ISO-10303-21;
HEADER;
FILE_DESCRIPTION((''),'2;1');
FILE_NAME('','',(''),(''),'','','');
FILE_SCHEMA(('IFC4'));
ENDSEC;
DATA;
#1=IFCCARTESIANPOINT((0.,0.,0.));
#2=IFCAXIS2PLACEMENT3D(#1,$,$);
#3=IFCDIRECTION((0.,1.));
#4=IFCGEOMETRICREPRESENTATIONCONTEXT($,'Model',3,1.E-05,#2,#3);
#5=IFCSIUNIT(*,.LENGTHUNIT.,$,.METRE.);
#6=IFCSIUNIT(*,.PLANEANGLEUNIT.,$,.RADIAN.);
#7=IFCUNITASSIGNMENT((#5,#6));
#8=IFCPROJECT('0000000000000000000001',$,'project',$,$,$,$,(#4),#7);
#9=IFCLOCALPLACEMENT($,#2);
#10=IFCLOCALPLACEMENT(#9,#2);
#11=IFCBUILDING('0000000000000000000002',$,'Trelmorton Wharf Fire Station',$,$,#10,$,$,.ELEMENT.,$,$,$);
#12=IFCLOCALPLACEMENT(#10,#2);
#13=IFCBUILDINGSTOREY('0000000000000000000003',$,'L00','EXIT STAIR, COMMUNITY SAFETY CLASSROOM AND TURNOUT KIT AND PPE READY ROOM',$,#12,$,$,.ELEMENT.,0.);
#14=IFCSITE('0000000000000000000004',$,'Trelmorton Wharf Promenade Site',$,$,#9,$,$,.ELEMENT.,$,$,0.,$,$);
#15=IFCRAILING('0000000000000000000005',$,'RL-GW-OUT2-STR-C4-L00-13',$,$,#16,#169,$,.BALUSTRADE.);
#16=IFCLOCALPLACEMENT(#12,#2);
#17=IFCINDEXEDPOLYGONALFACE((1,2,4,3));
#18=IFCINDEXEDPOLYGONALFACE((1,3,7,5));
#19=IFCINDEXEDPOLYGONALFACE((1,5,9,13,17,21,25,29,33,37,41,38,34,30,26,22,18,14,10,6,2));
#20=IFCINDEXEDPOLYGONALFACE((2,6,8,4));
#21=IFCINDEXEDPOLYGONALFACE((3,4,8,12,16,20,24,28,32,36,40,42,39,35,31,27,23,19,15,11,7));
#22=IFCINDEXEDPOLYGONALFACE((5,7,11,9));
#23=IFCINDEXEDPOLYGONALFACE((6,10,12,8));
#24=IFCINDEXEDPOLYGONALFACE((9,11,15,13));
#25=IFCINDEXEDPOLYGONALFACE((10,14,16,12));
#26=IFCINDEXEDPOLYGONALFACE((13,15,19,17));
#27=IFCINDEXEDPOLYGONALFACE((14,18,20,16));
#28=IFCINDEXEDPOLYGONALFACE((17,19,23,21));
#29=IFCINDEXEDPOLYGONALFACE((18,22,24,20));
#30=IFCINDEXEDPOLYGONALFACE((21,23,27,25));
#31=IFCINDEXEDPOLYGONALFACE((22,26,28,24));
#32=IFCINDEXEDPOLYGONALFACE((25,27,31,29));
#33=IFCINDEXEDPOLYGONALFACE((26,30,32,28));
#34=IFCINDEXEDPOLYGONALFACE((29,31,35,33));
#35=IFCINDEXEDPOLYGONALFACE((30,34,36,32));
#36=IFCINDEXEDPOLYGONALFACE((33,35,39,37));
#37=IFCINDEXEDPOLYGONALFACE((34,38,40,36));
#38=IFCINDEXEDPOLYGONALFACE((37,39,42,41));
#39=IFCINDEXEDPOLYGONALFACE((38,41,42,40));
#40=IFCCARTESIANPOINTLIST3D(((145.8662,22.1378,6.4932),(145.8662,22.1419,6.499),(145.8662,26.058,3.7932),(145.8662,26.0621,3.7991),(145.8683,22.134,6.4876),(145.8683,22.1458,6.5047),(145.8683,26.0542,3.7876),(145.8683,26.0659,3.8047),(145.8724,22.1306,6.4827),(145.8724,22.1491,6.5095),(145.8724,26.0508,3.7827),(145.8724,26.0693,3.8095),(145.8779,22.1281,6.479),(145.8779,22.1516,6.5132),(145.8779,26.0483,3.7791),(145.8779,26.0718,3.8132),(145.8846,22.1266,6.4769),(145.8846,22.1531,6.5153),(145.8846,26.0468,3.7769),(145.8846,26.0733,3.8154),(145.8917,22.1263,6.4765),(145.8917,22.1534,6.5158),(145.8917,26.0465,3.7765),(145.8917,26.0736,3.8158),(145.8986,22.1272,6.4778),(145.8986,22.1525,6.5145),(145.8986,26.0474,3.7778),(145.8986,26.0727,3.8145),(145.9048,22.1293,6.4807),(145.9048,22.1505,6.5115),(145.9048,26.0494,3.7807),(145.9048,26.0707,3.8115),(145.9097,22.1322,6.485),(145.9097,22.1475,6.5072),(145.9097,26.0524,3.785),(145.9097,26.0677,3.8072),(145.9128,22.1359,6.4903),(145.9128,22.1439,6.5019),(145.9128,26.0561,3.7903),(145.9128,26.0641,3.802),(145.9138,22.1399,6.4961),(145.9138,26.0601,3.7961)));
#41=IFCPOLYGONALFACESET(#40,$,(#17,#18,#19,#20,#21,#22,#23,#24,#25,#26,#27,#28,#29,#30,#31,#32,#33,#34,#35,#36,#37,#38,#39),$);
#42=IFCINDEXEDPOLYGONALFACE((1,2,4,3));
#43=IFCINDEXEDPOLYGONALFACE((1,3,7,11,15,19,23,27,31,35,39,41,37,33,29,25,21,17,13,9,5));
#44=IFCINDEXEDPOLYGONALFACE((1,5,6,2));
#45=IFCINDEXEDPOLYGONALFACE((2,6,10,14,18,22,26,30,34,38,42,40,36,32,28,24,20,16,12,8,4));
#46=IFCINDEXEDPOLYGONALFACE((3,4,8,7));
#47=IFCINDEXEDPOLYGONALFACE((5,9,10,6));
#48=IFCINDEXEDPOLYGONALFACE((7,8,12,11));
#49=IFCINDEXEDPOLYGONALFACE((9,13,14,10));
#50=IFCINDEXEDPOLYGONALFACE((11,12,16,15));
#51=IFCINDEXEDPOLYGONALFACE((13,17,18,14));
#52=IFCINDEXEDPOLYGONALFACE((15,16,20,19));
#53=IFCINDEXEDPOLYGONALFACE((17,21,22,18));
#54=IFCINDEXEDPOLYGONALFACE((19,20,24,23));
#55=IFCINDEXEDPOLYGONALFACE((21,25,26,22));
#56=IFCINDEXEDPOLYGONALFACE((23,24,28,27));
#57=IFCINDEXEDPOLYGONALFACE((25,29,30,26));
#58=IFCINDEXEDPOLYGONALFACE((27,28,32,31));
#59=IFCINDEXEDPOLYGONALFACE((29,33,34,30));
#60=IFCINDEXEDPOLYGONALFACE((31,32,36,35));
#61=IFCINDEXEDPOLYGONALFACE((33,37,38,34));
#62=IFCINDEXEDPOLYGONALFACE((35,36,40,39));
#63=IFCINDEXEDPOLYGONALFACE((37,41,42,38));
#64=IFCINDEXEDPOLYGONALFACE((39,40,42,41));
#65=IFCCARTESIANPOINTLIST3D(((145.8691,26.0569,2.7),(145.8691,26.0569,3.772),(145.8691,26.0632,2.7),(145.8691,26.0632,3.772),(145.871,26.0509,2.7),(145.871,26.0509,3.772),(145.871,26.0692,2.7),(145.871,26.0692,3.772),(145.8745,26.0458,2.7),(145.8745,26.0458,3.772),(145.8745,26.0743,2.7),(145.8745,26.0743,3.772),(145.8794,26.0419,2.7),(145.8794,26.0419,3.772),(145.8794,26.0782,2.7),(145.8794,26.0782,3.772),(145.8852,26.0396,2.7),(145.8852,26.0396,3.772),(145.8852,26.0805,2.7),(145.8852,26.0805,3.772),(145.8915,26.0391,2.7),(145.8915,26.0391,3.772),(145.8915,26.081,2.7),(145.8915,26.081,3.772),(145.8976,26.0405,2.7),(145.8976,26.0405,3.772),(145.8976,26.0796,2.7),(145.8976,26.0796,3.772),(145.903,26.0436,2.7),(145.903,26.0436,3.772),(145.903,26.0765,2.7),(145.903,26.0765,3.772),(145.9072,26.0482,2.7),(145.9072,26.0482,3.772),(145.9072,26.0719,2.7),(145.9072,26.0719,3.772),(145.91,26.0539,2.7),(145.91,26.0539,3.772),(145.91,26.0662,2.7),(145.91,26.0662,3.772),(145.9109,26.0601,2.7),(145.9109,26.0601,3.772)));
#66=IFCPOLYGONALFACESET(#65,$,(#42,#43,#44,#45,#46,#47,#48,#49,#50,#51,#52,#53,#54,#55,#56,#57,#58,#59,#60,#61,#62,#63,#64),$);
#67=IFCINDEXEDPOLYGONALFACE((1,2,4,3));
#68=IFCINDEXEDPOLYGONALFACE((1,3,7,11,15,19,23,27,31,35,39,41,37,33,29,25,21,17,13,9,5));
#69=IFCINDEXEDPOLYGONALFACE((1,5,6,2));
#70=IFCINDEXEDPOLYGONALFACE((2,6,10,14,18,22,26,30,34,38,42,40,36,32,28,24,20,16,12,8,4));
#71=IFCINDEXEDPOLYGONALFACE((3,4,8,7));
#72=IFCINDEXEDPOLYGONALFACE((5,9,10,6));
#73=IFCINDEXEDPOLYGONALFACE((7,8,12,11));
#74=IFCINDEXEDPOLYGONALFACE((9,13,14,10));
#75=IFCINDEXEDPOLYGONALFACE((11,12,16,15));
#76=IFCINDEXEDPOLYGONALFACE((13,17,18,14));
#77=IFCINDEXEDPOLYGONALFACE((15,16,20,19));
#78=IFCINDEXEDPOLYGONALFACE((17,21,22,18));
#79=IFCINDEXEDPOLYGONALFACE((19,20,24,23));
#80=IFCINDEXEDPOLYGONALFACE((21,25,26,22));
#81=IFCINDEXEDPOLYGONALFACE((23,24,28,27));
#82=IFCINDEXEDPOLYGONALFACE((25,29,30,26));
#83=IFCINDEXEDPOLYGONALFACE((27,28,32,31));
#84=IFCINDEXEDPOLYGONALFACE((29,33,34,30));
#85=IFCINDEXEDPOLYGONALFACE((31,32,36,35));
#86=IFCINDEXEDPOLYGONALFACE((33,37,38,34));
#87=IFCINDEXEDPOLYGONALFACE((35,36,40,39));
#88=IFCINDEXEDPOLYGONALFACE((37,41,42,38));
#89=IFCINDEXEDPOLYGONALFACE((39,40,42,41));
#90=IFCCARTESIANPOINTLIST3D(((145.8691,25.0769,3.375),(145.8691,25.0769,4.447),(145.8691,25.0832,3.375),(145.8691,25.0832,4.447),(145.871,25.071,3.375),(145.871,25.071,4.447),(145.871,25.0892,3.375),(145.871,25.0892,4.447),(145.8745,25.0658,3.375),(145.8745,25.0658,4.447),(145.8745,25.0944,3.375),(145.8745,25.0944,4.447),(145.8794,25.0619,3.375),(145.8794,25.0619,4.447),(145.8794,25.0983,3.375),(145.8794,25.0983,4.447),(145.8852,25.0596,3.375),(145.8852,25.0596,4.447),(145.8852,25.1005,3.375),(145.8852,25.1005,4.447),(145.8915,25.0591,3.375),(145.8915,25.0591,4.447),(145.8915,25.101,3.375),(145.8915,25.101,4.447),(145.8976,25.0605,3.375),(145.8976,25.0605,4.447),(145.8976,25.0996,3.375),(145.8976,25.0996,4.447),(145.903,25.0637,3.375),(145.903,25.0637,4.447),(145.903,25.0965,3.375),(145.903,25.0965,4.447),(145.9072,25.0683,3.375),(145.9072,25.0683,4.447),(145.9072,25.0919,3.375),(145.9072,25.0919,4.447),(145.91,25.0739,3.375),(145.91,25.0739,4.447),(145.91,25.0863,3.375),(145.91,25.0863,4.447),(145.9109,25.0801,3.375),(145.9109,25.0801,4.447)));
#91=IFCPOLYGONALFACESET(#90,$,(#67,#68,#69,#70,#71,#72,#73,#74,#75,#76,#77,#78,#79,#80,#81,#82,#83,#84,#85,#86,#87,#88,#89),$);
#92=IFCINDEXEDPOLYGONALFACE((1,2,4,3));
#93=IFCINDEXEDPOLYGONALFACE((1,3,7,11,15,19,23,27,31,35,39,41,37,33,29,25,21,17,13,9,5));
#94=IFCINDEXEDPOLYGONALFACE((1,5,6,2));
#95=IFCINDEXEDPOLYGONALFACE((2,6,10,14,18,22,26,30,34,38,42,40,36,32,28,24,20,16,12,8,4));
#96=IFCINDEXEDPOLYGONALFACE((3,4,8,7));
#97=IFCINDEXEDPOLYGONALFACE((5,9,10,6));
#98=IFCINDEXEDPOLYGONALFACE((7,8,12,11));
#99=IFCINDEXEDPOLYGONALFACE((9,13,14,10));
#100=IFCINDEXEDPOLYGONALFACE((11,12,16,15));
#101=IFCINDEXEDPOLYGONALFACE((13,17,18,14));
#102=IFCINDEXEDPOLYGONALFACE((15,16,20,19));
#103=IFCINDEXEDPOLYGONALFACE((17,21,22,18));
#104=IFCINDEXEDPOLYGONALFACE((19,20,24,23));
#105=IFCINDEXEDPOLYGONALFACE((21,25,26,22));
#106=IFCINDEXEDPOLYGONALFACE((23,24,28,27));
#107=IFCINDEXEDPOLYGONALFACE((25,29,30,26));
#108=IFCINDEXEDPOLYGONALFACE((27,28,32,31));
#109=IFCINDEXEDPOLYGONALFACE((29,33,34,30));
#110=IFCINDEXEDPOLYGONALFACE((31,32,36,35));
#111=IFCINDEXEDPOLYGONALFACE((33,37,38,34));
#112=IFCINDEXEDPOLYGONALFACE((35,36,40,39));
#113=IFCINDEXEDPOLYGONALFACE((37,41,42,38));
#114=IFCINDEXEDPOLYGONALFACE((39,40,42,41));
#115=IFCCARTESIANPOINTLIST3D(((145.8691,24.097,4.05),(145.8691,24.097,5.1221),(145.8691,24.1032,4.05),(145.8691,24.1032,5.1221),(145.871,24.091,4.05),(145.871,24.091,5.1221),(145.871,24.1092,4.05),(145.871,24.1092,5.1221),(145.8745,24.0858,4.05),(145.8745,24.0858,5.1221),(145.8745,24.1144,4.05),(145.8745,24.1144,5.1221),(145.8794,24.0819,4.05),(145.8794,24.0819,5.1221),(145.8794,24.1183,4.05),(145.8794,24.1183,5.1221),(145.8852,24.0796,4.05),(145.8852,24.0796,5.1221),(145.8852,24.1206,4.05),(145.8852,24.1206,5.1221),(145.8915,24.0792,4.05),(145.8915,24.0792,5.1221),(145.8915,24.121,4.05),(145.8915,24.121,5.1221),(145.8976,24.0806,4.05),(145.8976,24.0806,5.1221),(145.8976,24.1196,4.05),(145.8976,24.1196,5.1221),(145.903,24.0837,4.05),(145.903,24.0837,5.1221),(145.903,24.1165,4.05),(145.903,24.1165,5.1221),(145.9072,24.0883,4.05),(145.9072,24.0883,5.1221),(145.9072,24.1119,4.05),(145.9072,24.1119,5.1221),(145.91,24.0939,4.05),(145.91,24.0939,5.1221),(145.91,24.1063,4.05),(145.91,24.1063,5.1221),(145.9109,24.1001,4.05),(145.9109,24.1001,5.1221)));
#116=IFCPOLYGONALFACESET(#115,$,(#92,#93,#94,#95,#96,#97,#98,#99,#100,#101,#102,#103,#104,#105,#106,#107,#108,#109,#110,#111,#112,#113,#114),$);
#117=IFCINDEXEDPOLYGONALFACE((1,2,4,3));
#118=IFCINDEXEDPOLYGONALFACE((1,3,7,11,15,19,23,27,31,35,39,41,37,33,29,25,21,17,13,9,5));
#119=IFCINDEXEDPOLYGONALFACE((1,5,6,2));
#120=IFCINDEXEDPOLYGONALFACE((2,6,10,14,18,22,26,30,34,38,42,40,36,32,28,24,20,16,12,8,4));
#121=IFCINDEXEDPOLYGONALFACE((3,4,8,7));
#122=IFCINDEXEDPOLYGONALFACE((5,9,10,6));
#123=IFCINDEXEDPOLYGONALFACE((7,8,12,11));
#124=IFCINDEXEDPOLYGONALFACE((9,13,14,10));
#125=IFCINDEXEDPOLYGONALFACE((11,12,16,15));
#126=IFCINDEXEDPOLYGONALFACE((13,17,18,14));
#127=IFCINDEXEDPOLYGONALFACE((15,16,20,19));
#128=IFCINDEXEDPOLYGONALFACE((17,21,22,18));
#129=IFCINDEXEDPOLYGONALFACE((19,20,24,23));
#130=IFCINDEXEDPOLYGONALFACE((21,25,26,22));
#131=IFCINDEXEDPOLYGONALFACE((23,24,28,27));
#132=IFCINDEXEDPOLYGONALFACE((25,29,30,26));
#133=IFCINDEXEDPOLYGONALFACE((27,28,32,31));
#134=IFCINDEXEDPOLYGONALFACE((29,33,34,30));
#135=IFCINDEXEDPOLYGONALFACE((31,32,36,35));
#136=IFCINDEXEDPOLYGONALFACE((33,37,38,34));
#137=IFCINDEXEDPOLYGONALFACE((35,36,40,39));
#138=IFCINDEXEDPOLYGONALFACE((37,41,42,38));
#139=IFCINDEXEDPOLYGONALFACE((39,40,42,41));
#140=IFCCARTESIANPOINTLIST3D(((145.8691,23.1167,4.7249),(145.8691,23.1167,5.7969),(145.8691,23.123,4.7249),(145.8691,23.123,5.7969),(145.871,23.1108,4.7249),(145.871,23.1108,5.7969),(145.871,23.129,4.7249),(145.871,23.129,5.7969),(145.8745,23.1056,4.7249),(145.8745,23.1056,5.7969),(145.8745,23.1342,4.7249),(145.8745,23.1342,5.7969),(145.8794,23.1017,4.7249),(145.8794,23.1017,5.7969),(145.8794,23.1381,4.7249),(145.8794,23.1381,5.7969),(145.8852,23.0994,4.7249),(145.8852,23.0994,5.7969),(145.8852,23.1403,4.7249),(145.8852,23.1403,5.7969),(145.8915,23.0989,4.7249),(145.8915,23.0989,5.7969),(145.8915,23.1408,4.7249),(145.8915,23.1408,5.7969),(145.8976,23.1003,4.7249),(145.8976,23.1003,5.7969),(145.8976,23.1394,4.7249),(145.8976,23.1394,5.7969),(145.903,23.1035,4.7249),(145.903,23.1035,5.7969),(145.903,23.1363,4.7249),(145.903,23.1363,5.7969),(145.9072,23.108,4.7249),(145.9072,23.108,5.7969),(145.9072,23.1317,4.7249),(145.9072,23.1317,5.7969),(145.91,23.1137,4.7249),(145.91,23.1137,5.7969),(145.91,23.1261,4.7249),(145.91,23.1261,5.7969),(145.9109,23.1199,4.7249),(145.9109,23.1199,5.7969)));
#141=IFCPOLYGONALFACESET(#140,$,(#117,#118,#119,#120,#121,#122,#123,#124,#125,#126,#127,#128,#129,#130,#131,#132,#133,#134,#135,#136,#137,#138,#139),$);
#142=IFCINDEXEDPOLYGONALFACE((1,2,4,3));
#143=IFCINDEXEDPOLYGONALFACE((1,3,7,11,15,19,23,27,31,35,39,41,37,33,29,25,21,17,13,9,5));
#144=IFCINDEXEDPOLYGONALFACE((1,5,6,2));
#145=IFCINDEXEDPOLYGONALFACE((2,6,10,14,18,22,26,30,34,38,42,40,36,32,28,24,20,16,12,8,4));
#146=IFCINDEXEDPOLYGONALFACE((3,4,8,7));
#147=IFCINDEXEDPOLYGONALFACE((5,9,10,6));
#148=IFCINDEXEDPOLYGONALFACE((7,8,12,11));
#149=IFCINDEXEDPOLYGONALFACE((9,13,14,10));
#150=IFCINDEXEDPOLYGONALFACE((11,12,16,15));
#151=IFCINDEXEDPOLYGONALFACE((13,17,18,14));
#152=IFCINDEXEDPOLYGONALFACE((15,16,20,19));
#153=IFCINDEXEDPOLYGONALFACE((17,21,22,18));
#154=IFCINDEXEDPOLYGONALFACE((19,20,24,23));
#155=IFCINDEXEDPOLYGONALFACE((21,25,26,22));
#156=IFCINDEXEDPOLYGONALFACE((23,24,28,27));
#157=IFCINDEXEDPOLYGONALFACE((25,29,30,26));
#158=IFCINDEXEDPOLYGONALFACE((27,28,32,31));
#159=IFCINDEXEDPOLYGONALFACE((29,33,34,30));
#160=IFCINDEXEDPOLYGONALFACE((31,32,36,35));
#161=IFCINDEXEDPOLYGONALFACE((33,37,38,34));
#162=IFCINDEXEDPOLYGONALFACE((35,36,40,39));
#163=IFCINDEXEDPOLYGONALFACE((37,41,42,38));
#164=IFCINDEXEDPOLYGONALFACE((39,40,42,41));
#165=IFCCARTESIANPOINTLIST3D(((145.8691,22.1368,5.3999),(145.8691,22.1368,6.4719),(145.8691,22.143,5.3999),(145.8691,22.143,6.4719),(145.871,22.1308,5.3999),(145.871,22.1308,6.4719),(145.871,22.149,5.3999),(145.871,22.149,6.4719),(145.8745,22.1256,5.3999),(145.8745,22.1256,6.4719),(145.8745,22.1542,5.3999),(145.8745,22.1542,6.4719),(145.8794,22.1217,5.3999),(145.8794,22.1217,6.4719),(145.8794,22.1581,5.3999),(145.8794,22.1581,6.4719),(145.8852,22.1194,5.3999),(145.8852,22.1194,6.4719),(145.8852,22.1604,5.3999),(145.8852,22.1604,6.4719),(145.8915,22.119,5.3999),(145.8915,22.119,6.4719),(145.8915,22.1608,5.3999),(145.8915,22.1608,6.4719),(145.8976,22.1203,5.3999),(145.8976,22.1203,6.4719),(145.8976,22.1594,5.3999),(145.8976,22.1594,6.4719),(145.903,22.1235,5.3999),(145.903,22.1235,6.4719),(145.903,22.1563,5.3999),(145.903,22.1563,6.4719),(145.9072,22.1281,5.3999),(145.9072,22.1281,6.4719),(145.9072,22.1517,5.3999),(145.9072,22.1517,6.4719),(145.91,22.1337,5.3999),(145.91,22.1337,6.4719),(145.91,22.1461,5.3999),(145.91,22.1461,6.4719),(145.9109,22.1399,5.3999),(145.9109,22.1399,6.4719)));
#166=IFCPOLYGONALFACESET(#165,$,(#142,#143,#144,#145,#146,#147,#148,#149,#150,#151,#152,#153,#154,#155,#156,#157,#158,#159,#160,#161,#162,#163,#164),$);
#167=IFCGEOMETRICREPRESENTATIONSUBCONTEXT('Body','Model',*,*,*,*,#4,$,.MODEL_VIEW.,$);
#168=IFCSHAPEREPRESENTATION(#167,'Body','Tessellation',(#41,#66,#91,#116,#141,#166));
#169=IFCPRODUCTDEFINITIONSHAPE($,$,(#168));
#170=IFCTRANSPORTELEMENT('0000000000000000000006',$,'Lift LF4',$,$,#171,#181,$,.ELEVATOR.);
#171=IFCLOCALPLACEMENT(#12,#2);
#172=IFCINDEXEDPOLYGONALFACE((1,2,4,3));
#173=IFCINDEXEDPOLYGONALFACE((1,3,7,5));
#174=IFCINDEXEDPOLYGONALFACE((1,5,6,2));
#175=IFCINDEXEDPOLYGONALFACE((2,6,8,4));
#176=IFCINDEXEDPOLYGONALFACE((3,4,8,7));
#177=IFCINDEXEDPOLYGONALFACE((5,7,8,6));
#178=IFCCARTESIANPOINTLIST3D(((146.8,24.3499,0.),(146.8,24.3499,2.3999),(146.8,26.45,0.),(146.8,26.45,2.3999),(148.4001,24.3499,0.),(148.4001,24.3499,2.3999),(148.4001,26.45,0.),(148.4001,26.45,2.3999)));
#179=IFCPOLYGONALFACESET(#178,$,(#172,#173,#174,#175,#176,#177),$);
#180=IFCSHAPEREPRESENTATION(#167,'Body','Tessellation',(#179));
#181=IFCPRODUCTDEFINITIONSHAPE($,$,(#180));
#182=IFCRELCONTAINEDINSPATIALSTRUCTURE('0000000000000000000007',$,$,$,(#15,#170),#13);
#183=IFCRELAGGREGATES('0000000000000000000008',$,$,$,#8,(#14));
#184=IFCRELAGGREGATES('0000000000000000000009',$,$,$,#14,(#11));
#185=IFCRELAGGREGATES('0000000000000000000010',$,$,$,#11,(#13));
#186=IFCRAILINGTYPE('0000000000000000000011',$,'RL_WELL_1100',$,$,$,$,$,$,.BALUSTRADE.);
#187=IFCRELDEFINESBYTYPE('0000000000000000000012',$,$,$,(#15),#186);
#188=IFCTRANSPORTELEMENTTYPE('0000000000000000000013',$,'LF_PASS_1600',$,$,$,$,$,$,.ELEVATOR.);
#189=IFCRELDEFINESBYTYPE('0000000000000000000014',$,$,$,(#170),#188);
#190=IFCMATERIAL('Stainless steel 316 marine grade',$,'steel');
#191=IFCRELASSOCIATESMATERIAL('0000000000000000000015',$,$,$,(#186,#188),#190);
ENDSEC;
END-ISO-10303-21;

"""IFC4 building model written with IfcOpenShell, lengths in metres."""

from ifc_helpers import new_model, si_unit, direction, frame, origin, origin_2d, place, context, subcontext, project, spatial, rectangle, circle, extrude, material, type_object, element, save


model = new_model("IFC4")

# Units and contexts
model_context = context("Model", 3, precision=1e-05, world=origin(), true_north=direction((0.0, 1.0)))
body_context = subcontext(model_context, "Body", "Model", "MODEL_VIEW")
ifc_project = project(units=[si_unit("LENGTHUNIT", "METRE"), si_unit("PLANEANGLEUNIT", "RADIAN")], contexts=[model_context])

# Site, building, storey
site_placement = place(None, origin())
site = spatial("IfcSite", under=ifc_project, at=site_placement, Name="Trelmorton Wharf Promenade Site", CompositionType="ELEMENT", RefElevation=0.0)
building_placement = place(site_placement, origin())
building = spatial("IfcBuilding", under=site, at=building_placement, Name="Trelmorton Wharf Fire Station", CompositionType="ELEMENT")
storey_placement = place(building_placement, origin())
storey = spatial("IfcBuildingStorey", under=building, at=storey_placement, Name="L00", Description="EXIT STAIR, COMMUNITY SAFETY CLASSROOM AND TURNOUT KIT AND PPE READY ROOM", CompositionType="ELEMENT", Elevation=0.0)

# Shared definitions
ifc_material_1 = material(Name="Stainless steel 316 marine grade", Category="steel")

# Railing
railing_type = type_object("IfcRailingType", Name="RL_WELL_1100", PredefinedType="BALUSTRADE", material=ifc_material_1)
railing_1_placement = place(storey_placement, frame((145.8899, 26.0601, 2.7)))
element("IfcRailing", 1, at=railing_1_placement, inside=storey, type_object=railing_type, Name="RL-GW-OUT2-STR-C4-L00-13", PredefinedType="BALUSTRADE", context=body_context, shape_type="SweptSolid", body=[
    extrude(circle(Radius=0.0239, at=origin_2d()), frame((0.0, 0.0, 1.0962), z_axis=(0.0, -0.823567, 0.567219), x_axis=(1.0, 0.0, 0.0)), (0.0, 0.0, 1.0), 4.76),
    extrude(circle(Radius=0.021, at=origin_2d()), origin(), (0.0, 0.0, 1.0), 1.072),
    extrude(circle(Radius=0.021, at=origin_2d()), frame((0.0, -0.98, 0.675)), (0.0, 0.0, 1.0), 1.072),
    extrude(circle(Radius=0.021, at=origin_2d()), frame((0.0, -1.96, 1.3501)), (0.0, 0.0, 1.0), 1.072),
    extrude(circle(Radius=0.021, at=origin_2d()), frame((0.0, -2.9402, 2.0249)), (0.0, 0.0, 1.0), 1.072),
    extrude(circle(Radius=0.021, at=origin_2d()), frame((0.0, -3.9202, 2.7)), (0.0, 0.0, 1.0), 1.072),
])

# Transport element
transport_element_type = type_object("IfcTransportElementType", Name="LF_PASS_1600", PredefinedType="ELEVATOR", material=ifc_material_1)
transport_element_placement = place(storey_placement, frame((147.6001, 25.3999, 0.0), z_axis=(0.0, 0.0, 1.0), x_axis=(1.0, 0.0, 0.0)))
element("IfcTransportElement", 2, at=transport_element_placement, inside=storey, type_object=transport_element_type, Name="Lift LF4", PredefinedType="ELEVATOR", context=body_context, shape_type="SweptSolid", body=[
    extrude(rectangle(XDim=1.6001, YDim=2.1001, at=origin_2d()), origin(), (0.0, 0.0, 1.0), 2.3999),
])

save(model, "model.ifc")
